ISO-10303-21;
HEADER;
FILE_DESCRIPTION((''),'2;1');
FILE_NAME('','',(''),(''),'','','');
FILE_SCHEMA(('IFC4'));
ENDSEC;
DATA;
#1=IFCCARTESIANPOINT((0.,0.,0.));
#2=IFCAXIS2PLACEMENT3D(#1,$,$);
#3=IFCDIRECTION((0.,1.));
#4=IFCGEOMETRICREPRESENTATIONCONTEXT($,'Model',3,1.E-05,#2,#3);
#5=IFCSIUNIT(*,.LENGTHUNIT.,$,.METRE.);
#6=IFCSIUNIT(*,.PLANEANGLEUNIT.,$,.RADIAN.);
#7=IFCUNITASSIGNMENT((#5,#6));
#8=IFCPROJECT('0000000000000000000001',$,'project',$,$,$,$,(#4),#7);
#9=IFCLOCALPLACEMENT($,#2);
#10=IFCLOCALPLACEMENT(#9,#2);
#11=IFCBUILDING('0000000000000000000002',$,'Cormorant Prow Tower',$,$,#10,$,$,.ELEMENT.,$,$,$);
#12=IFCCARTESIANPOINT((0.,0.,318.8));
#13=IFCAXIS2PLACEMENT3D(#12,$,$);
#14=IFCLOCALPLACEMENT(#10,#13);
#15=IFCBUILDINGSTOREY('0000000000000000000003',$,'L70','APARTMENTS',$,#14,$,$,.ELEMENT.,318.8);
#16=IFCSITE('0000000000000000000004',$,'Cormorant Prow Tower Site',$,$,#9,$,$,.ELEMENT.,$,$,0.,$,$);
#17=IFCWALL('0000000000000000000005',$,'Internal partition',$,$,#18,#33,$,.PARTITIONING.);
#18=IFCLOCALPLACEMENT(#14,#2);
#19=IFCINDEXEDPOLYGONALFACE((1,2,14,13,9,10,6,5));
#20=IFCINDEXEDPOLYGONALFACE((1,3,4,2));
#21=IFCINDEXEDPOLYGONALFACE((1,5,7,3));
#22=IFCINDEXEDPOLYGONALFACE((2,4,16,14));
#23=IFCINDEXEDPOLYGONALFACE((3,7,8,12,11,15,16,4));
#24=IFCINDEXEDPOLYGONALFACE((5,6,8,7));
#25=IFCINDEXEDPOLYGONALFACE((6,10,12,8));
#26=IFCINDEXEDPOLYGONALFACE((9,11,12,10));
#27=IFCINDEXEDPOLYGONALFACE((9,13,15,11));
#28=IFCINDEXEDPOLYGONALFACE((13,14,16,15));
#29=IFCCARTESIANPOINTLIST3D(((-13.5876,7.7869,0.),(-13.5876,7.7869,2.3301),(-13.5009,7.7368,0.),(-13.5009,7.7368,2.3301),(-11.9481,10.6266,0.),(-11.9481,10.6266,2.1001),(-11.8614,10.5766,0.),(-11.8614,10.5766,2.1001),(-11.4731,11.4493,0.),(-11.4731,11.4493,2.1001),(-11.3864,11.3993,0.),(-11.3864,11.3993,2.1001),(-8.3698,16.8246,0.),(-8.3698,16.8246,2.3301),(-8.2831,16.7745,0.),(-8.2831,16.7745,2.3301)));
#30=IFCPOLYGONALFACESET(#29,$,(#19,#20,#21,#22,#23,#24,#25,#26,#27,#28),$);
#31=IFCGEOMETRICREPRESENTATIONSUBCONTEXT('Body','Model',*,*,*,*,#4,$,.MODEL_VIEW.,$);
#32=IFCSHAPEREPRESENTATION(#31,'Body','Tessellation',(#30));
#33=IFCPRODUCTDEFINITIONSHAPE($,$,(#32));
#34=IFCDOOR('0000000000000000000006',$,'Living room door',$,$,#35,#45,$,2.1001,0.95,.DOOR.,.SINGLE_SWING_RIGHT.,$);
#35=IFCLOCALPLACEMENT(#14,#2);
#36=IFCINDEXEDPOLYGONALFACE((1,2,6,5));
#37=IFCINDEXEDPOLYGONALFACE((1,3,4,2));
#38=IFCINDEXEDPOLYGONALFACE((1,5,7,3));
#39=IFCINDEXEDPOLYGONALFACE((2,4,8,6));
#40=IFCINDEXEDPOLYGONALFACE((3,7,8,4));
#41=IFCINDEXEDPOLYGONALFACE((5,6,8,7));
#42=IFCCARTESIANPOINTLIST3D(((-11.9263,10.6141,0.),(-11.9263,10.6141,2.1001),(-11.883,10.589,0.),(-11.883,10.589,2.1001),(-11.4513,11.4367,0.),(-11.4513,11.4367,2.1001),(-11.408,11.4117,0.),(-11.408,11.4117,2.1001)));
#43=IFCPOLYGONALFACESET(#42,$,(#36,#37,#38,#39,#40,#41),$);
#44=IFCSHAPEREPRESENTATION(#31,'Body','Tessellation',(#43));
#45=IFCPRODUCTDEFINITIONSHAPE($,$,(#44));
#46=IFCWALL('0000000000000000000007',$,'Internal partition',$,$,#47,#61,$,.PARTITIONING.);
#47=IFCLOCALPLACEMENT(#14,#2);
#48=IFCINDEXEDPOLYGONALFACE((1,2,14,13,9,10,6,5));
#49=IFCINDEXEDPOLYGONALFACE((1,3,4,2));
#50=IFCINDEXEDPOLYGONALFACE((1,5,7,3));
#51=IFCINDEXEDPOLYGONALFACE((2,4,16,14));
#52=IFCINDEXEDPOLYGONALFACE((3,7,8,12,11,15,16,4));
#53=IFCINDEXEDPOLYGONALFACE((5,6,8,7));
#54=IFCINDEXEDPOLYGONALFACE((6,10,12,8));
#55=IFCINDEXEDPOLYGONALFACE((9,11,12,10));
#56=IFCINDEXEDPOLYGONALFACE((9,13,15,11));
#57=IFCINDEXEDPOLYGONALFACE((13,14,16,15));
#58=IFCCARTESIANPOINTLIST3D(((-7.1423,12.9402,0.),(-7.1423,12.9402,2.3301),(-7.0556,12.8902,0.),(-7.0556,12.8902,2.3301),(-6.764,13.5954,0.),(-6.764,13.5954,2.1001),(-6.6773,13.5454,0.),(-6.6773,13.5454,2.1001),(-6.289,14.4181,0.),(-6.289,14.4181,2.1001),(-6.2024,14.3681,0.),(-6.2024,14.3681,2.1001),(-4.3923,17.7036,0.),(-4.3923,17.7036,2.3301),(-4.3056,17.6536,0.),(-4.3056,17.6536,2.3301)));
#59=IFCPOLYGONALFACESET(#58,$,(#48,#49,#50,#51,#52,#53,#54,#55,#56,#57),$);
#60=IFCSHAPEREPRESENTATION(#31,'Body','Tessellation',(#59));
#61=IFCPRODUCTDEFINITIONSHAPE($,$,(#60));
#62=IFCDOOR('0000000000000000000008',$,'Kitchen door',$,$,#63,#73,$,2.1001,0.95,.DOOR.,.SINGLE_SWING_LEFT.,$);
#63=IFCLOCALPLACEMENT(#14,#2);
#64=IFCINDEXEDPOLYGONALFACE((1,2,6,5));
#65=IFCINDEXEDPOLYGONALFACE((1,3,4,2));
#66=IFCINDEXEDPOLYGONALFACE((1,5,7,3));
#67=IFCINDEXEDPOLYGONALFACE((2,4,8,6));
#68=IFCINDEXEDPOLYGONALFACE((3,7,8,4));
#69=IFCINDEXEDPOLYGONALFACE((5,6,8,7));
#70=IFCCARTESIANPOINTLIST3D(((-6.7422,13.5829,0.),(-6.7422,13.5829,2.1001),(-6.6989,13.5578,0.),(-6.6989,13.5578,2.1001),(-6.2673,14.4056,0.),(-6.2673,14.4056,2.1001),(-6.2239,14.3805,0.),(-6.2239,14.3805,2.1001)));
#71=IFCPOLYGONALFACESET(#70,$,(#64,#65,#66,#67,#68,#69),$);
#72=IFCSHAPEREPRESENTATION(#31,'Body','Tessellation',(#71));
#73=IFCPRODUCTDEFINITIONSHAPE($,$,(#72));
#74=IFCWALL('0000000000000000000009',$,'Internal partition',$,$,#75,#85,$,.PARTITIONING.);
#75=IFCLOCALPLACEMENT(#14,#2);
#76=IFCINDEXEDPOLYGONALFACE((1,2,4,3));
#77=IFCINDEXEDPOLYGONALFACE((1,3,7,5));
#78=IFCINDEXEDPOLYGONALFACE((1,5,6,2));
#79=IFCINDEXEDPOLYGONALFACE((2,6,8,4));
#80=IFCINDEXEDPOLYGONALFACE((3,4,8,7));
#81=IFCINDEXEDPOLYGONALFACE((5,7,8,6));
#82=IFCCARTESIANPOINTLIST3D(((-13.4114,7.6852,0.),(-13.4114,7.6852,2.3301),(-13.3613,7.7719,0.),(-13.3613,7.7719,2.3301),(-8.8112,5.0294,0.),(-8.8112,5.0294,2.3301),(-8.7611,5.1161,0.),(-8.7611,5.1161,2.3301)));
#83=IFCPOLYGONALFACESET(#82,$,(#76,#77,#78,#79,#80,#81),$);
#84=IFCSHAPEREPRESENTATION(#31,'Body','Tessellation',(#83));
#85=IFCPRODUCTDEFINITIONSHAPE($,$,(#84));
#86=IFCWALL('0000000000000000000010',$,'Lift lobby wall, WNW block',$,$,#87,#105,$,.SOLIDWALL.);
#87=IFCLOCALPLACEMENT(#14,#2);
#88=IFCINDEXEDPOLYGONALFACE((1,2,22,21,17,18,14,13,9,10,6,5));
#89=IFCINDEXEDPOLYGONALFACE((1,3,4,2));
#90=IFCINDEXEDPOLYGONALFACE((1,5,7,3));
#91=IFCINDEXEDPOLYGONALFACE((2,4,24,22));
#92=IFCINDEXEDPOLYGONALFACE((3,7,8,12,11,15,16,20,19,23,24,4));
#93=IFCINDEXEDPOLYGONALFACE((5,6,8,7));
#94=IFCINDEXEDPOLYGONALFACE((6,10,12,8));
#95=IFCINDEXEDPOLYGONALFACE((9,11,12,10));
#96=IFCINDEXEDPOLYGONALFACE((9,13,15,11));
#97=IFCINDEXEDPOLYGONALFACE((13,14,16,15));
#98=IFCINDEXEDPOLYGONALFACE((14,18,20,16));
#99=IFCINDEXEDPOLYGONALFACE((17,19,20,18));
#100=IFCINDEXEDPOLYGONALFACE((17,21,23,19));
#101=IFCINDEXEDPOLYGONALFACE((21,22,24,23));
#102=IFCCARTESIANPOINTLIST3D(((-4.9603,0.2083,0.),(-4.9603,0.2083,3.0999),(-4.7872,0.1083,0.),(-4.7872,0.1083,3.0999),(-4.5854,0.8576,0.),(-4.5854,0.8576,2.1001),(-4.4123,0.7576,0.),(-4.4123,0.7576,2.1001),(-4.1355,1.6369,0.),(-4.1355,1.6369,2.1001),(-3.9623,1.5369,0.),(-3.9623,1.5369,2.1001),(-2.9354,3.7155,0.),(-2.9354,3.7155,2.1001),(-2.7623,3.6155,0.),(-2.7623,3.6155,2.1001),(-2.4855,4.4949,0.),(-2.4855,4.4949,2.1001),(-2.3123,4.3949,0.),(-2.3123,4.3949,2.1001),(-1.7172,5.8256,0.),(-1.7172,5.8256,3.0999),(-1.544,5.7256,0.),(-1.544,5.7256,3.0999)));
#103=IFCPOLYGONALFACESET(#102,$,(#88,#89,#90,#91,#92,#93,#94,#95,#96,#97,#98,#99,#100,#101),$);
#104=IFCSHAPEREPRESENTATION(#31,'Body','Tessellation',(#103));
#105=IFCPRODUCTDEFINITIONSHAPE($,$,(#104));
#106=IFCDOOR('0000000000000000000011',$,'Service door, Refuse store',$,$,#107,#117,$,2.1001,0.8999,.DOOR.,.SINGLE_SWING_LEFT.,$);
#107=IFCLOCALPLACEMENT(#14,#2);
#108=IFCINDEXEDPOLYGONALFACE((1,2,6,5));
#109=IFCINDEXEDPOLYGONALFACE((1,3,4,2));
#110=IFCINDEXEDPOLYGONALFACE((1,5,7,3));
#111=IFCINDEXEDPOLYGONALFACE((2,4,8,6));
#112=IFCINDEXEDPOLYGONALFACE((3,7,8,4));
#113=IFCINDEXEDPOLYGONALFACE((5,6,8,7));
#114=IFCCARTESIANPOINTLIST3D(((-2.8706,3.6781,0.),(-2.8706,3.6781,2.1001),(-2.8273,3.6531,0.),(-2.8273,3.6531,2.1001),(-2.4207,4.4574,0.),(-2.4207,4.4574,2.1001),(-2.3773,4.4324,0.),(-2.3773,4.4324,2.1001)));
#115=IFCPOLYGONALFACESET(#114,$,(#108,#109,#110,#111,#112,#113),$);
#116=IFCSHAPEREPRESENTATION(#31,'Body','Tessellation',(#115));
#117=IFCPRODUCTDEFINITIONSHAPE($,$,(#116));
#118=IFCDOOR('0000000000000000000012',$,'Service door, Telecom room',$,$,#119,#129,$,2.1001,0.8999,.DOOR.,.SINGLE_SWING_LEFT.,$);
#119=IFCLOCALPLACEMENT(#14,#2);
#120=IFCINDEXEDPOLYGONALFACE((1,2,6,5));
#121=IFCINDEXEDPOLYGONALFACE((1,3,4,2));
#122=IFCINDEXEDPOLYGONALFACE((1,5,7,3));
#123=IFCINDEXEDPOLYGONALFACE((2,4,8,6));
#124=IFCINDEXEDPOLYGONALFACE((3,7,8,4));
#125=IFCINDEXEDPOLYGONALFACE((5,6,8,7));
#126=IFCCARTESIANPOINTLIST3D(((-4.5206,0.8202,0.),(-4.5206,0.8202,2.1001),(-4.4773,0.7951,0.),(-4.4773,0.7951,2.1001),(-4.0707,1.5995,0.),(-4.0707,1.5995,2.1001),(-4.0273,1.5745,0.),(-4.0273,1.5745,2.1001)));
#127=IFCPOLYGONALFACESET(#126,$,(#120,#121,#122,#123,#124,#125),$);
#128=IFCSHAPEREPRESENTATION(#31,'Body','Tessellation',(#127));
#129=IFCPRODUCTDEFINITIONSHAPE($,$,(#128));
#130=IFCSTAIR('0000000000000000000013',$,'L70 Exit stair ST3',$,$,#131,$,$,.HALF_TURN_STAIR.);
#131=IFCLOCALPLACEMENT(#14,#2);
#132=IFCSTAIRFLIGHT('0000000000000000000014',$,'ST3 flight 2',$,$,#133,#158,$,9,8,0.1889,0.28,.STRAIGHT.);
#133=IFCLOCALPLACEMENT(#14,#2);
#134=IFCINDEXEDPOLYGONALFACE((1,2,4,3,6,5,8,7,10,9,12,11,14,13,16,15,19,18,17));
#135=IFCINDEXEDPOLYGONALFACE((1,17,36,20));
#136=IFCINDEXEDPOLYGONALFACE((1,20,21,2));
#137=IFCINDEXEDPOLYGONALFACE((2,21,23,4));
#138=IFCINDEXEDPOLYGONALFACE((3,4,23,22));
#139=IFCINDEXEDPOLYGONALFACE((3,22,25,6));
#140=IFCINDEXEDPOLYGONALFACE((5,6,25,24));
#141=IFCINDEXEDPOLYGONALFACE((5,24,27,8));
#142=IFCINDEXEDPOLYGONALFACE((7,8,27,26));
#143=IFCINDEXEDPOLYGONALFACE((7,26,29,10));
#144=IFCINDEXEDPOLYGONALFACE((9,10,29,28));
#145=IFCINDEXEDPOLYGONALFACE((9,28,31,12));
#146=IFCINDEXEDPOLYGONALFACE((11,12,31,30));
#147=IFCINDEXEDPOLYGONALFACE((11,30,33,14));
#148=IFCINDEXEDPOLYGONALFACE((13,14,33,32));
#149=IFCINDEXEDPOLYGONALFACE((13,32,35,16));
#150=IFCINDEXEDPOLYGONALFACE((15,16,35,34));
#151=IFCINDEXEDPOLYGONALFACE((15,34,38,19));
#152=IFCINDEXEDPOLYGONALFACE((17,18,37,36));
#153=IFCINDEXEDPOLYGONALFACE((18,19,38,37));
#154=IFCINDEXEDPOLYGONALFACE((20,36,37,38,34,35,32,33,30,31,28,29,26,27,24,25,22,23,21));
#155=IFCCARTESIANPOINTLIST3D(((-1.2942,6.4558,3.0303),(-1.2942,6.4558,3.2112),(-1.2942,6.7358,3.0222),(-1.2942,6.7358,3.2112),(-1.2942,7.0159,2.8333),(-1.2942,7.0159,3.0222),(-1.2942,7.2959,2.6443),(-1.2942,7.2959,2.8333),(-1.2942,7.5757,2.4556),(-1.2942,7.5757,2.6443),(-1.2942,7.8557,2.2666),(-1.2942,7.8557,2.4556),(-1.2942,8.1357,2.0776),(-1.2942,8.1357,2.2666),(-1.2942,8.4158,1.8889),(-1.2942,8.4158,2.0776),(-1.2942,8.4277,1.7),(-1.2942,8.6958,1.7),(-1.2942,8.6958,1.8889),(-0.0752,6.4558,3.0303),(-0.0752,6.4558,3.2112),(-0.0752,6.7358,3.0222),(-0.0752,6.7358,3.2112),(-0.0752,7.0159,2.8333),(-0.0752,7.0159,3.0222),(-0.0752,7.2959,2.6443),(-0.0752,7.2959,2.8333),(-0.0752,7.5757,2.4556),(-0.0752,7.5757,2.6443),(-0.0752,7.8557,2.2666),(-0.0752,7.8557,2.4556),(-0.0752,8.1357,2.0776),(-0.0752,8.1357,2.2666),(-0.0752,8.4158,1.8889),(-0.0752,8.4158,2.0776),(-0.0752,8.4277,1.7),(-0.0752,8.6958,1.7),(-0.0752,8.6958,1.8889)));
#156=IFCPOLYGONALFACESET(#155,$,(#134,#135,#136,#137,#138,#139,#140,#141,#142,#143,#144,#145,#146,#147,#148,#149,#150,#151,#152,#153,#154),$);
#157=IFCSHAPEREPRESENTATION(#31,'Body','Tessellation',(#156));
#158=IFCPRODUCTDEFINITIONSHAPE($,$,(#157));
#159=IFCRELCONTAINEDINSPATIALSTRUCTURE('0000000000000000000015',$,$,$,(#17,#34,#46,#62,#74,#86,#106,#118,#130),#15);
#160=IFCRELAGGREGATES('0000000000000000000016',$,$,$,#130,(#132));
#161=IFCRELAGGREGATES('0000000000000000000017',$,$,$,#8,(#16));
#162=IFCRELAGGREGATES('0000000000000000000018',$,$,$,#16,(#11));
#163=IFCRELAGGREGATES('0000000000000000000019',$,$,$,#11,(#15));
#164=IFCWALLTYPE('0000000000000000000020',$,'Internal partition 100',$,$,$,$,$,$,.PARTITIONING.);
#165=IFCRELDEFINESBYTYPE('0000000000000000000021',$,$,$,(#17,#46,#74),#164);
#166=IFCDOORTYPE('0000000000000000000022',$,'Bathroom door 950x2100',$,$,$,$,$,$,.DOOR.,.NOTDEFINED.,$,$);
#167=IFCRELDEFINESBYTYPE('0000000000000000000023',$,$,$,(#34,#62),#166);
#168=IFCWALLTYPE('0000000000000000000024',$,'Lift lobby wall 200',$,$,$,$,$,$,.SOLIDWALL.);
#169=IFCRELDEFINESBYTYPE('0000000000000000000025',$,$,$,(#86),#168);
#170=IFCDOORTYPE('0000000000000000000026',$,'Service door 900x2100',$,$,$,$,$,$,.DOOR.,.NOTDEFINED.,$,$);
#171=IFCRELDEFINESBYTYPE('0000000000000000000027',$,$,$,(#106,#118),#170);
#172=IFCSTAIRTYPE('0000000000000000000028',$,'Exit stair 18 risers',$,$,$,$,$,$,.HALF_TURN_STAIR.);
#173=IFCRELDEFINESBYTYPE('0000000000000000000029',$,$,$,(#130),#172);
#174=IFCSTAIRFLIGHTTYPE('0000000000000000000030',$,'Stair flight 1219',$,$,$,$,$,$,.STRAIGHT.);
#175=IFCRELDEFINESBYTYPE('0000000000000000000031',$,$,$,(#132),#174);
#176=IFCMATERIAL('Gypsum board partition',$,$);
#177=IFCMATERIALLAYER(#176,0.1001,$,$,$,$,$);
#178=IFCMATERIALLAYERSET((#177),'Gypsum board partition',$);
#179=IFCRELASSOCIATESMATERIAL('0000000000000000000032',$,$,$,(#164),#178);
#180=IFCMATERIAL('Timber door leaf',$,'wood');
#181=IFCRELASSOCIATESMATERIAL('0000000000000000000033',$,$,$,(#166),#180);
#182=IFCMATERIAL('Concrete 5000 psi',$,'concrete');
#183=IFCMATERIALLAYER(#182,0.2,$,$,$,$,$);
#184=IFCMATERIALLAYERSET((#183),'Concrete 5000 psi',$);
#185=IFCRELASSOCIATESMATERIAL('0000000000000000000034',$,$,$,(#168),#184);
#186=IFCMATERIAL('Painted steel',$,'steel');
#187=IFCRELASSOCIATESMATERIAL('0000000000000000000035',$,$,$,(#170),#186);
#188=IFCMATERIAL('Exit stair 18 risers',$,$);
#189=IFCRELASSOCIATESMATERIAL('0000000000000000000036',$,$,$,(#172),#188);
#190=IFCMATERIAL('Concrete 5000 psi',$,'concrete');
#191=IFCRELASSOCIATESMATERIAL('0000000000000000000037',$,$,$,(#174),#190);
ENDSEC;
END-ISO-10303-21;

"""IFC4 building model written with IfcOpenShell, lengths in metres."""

from ifc_helpers import new_model, si_unit, direction, frame, frame_2d, origin, place, context, subcontext, project, spatial, polyline, rectangle, outline, extrude, material, layer, layer_set, type_object, element, fill, aggregate, save


model = new_model("IFC4")

# Units and contexts
model_context = context("Model", 3, precision=1e-05, world=origin(), true_north=direction((0.0, 1.0)))
body_context = subcontext(model_context, "Body", "Model", "MODEL_VIEW")
ifc_project = project(units=[si_unit("LENGTHUNIT", "METRE"), si_unit("PLANEANGLEUNIT", "RADIAN")], contexts=[model_context])

# Site, building, storey
site_placement = place(None, origin())
site = spatial("IfcSite", under=ifc_project, at=site_placement, Name="Cormorant Prow Tower Site", CompositionType="ELEMENT", RefElevation=0.0)
building_placement = place(site_placement, origin())
building = spatial("IfcBuilding", under=site, at=building_placement, Name="Cormorant Prow Tower", CompositionType="ELEMENT")
storey_placement = place(building_placement, frame((0.0, 0.0, 318.8)))
storey = spatial("IfcBuildingStorey", under=building, at=storey_placement, Name="L70", Description="APARTMENTS", CompositionType="ELEMENT", Elevation=318.8)

# Walls, openings, doors
ifc_material_1 = material(Name="Gypsum board partition")
ifc_layer_1 = layer(ifc_material_1, 0.1001)
ifc_layer_set_1 = layer_set([ifc_layer_1], Name="Gypsum board partition")
wall_type_1 = type_object("IfcWallType", Name="Internal partition 100", PredefinedType="PARTITIONING", material=ifc_layer_set_1)
wall_1_placement = place(storey_placement, frame((-13.5442, 7.762, 0.0), z_axis=(0.0, 0.0, 1.0), x_axis=(0.499994, 0.866029, 0.0)))
wall_1 = element("IfcWall", 1, at=wall_1_placement, inside=storey, type_object=wall_type_1, Name="Internal partition", PredefinedType="PARTITIONING", context=body_context, shape_type="SweptSolid", body=[
    extrude(rectangle(XDim=10.4358, YDim=0.1001, at=frame_2d((5.2178, 0.0))), origin(), (0.0, 0.0, 1.0), 2.3301),
])
opening_1_placement = place(wall_1_placement, frame((3.2788, 0.0, 0.0)))
opening_1 = element("IfcOpeningElement", 2, at=opening_1_placement, cuts=wall_1, PredefinedType="OPENING", context=body_context, shape_type="SweptSolid", body=[
    extrude(rectangle(XDim=0.95, YDim=2.1001, at=frame_2d((0.4751, 1.05))), frame((0.0, 0.0601, 0.0), z_axis=(0.0, -1.0, 0.0), x_axis=(1.0, 0.0, 0.0)), (0.0, 0.0, 1.0), 0.1201),
])
ifc_material_2 = material(Name="Timber door leaf", Category="wood")
door_type_1 = type_object("IfcDoorType", Name="Bathroom door 950x2100", OperationType="NOTDEFINED", PredefinedType="DOOR", material=ifc_material_2)
door_1_placement = place(opening_1_placement, origin())
door_1 = element("IfcDoor", 3, at=door_1_placement, inside=storey, type_object=door_type_1, Name="Living room door", OperationType="SINGLE_SWING_RIGHT", OverallHeight=2.1001, OverallWidth=0.95, PredefinedType="DOOR", context=body_context, shape_type="SweptSolid", body=[
    extrude(rectangle(XDim=0.95, YDim=2.1001, at=frame_2d((0.4751, 1.05))), frame((0.0, 0.0249, 0.0), z_axis=(0.0, -1.0, 0.0), x_axis=(1.0, 0.0, 0.0)), (0.0, 0.0, 1.0), 0.05),
])
fill(opening_1, door_1)
wall_2_placement = place(storey_placement, frame((-7.0989, 12.9153, 0.0), z_axis=(0.0, 0.0, 1.0), x_axis=(0.499977, 0.866038, 0.0)))
wall_2 = element("IfcWall", 4, at=wall_2_placement, inside=storey, type_object=wall_type_1, Name="Internal partition", PredefinedType="PARTITIONING", context=body_context, shape_type="SweptSolid", body=[
    extrude(rectangle(XDim=5.5002, YDim=0.1001, at=frame_2d((2.75, 0.0))), origin(), (0.0, 0.0, 1.0), 2.3301),
])
opening_2_placement = place(wall_2_placement, frame((0.7563, 0.0, 0.0)))
opening_2 = element("IfcOpeningElement", 5, at=opening_2_placement, cuts=wall_2, PredefinedType="OPENING", context=body_context, shape_type="SweptSolid", body=[
    extrude(rectangle(XDim=0.95, YDim=2.1001, at=frame_2d((0.4751, 1.05))), frame((0.0, 0.0601, 0.0), z_axis=(0.0, -1.0, 0.0), x_axis=(1.0, 0.0, 0.0)), (0.0, 0.0, 1.0), 0.1201),
])
door_2_placement = place(opening_2_placement, origin())
door_2 = element("IfcDoor", 6, at=door_2_placement, inside=storey, type_object=door_type_1, Name="Kitchen door", OperationType="SINGLE_SWING_LEFT", OverallHeight=2.1001, OverallWidth=0.95, PredefinedType="DOOR", context=body_context, shape_type="SweptSolid", body=[
    extrude(rectangle(XDim=0.95, YDim=2.1001, at=frame_2d((0.4751, 1.05))), frame((0.0, 0.0249, 0.0), z_axis=(0.0, -1.0, 0.0), x_axis=(1.0, 0.0, 0.0)), (0.0, 0.0, 1.0), 0.05),
])
fill(opening_2, door_2)

# Wall
wall_3_placement = place(storey_placement, frame((-13.3862, 7.7285, 0.0), z_axis=(0.0, 0.0, 1.0), x_axis=(0.866034, -0.499985, 0.0)))
element("IfcWall", 7, at=wall_3_placement, inside=storey, type_object=wall_type_1, Name="Internal partition", PredefinedType="PARTITIONING", context=body_context, shape_type="SweptSolid", body=[
    extrude(rectangle(XDim=5.3118, YDim=0.1001, at=frame_2d((2.6558, 0.0))), origin(), (0.0, 0.0, 1.0), 2.3301),
])

# Wall, openings, doors
ifc_material_3 = material(Name="Concrete 5000 psi", Category="concrete")
ifc_layer_2 = layer(ifc_material_3, 0.2)
ifc_layer_set_2 = layer_set([ifc_layer_2], Name="Concrete 5000 psi")
wall_type_2 = type_object("IfcWallType", Name="Lift lobby wall 200", PredefinedType="SOLIDWALL", material=ifc_layer_set_2)
wall_4_placement = place(storey_placement, frame((-1.6306, 5.7756, 0.0), z_axis=(0.0, 0.0, 1.0), x_axis=(-0.499993, -0.86603, 0.0)))
wall_4 = element("IfcWall", 8, at=wall_4_placement, inside=storey, type_object=wall_type_2, Name="Lift lobby wall, WNW block", PredefinedType="SOLIDWALL", context=body_context, shape_type="SweptSolid", body=[
    extrude(rectangle(XDim=6.4863, YDim=0.2, at=frame_2d((3.2432, 0.0))), origin(), (0.0, 0.0, 1.0), 3.0999),
])
opening_3_placement = place(wall_4_placement, frame((1.5366, 0.0, 0.0)))
opening_3 = element("IfcOpeningElement", 9, at=opening_3_placement, cuts=wall_4, PredefinedType="OPENING", context=body_context, shape_type="SweptSolid", body=[
    extrude(rectangle(XDim=0.8999, YDim=2.1001, at=frame_2d((0.45, 1.05))), frame((0.0, 0.1099, 0.0), z_axis=(0.0, -1.0, 0.0), x_axis=(1.0, 0.0, 0.0)), (0.0, 0.0, 1.0), 0.22),
])
opening_4_placement = place(wall_4_placement, frame((4.8367, 0.0, 0.0)))
opening_4 = element("IfcOpeningElement", 10, at=opening_4_placement, cuts=wall_4, PredefinedType="OPENING", context=body_context, shape_type="SweptSolid", body=[
    extrude(rectangle(XDim=0.8999, YDim=2.1001, at=frame_2d((0.45, 1.05))), frame((0.0, 0.1099, 0.0), z_axis=(0.0, -1.0, 0.0), x_axis=(1.0, 0.0, 0.0)), (0.0, 0.0, 1.0), 0.22),
])
ifc_material_4 = material(Name="Painted steel", Category="steel")
door_type_2 = type_object("IfcDoorType", Name="Service door 900x2100", OperationType="NOTDEFINED", PredefinedType="DOOR", material=ifc_material_4)
door_3_placement = place(opening_3_placement, origin())
door_3 = element("IfcDoor", 11, at=door_3_placement, inside=storey, type_object=door_type_2, Name="Service door, Refuse store", OperationType="SINGLE_SWING_LEFT", OverallHeight=2.1001, OverallWidth=0.8999, PredefinedType="DOOR", context=body_context, shape_type="SweptSolid", body=[
    extrude(rectangle(XDim=0.8999, YDim=2.1001, at=frame_2d((0.45, 1.05))), frame((0.0, 0.0249, 0.0), z_axis=(0.0, -1.0, 0.0), x_axis=(1.0, 0.0, 0.0)), (0.0, 0.0, 1.0), 0.05),
])
fill(opening_3, door_3)
door_4_placement = place(opening_4_placement, origin())
door_4 = element("IfcDoor", 12, at=door_4_placement, inside=storey, type_object=door_type_2, Name="Service door, Telecom room", OperationType="SINGLE_SWING_LEFT", OverallHeight=2.1001, OverallWidth=0.8999, PredefinedType="DOOR", context=body_context, shape_type="SweptSolid", body=[
    extrude(rectangle(XDim=0.8999, YDim=2.1001, at=frame_2d((0.45, 1.05))), frame((0.0, 0.0249, 0.0), z_axis=(0.0, -1.0, 0.0), x_axis=(1.0, 0.0, 0.0)), (0.0, 0.0, 1.0), 0.05),
])
fill(opening_4, door_4)

# Stair, stair flight
ifc_material_5 = material(Name="Exit stair 18 risers")
stair_type = type_object("IfcStairType", Name="Exit stair 18 risers", PredefinedType="HALF_TURN_STAIR", material=ifc_material_5)
stair_placement = place(storey_placement, origin())
stair = element("IfcStair", 13, at=stair_placement, inside=storey, type_object=stair_type, Name="L70 Exit stair ST3", PredefinedType="HALF_TURN_STAIR")
ifc_material_6 = material(Name="Concrete 5000 psi", Category="concrete")
stair_flight_type = type_object("IfcStairFlightType", Name="Stair flight 1219", PredefinedType="STRAIGHT", material=ifc_material_6)
stair_flight_placement = place(storey_placement, frame((-0.6846, 8.6958, 1.7), z_axis=(0.0, 0.0, 1.0), x_axis=(0.0, -1.0, 0.0)))
stair_flight = element("IfcStairFlight", 14, at=stair_flight_placement, type_object=stair_flight_type, Name="ST3 flight 2", NumberOfRisers=9, NumberOfTreads=8, PredefinedType="STRAIGHT", RiserHeight=0.1889, TreadLength=0.28, context=body_context, shape_type="SweptSolid", body=[
    extrude(outline(polyline([(0.0, 0.0), (0.0, 0.189), (0.28, 0.189), (0.28, 0.3777), (0.5601, 0.3777), (0.5601, 0.5667), (0.8401, 0.5667), (0.8401, 0.7556), (1.1201, 0.7556), (1.1201, 0.9443), (1.3999, 0.9443), (1.3999, 1.1333), (1.6799, 1.1333), (1.6799, 1.3223), (1.96, 1.3223), (1.96, 1.5112), (2.24, 1.5112), (2.24, 1.7), (2.24, 1.3303), (0.2681, 0.0), (0.0, 0.0)])), frame((0.0, 0.6094, 0.0), z_axis=(0.0, -1.0, 0.0), x_axis=(1.0, 0.0, 0.0)), (0.0, 0.0, 1.0), 1.219),
])
aggregate(stair, [stair_flight])

save(model, "model.ifc")
